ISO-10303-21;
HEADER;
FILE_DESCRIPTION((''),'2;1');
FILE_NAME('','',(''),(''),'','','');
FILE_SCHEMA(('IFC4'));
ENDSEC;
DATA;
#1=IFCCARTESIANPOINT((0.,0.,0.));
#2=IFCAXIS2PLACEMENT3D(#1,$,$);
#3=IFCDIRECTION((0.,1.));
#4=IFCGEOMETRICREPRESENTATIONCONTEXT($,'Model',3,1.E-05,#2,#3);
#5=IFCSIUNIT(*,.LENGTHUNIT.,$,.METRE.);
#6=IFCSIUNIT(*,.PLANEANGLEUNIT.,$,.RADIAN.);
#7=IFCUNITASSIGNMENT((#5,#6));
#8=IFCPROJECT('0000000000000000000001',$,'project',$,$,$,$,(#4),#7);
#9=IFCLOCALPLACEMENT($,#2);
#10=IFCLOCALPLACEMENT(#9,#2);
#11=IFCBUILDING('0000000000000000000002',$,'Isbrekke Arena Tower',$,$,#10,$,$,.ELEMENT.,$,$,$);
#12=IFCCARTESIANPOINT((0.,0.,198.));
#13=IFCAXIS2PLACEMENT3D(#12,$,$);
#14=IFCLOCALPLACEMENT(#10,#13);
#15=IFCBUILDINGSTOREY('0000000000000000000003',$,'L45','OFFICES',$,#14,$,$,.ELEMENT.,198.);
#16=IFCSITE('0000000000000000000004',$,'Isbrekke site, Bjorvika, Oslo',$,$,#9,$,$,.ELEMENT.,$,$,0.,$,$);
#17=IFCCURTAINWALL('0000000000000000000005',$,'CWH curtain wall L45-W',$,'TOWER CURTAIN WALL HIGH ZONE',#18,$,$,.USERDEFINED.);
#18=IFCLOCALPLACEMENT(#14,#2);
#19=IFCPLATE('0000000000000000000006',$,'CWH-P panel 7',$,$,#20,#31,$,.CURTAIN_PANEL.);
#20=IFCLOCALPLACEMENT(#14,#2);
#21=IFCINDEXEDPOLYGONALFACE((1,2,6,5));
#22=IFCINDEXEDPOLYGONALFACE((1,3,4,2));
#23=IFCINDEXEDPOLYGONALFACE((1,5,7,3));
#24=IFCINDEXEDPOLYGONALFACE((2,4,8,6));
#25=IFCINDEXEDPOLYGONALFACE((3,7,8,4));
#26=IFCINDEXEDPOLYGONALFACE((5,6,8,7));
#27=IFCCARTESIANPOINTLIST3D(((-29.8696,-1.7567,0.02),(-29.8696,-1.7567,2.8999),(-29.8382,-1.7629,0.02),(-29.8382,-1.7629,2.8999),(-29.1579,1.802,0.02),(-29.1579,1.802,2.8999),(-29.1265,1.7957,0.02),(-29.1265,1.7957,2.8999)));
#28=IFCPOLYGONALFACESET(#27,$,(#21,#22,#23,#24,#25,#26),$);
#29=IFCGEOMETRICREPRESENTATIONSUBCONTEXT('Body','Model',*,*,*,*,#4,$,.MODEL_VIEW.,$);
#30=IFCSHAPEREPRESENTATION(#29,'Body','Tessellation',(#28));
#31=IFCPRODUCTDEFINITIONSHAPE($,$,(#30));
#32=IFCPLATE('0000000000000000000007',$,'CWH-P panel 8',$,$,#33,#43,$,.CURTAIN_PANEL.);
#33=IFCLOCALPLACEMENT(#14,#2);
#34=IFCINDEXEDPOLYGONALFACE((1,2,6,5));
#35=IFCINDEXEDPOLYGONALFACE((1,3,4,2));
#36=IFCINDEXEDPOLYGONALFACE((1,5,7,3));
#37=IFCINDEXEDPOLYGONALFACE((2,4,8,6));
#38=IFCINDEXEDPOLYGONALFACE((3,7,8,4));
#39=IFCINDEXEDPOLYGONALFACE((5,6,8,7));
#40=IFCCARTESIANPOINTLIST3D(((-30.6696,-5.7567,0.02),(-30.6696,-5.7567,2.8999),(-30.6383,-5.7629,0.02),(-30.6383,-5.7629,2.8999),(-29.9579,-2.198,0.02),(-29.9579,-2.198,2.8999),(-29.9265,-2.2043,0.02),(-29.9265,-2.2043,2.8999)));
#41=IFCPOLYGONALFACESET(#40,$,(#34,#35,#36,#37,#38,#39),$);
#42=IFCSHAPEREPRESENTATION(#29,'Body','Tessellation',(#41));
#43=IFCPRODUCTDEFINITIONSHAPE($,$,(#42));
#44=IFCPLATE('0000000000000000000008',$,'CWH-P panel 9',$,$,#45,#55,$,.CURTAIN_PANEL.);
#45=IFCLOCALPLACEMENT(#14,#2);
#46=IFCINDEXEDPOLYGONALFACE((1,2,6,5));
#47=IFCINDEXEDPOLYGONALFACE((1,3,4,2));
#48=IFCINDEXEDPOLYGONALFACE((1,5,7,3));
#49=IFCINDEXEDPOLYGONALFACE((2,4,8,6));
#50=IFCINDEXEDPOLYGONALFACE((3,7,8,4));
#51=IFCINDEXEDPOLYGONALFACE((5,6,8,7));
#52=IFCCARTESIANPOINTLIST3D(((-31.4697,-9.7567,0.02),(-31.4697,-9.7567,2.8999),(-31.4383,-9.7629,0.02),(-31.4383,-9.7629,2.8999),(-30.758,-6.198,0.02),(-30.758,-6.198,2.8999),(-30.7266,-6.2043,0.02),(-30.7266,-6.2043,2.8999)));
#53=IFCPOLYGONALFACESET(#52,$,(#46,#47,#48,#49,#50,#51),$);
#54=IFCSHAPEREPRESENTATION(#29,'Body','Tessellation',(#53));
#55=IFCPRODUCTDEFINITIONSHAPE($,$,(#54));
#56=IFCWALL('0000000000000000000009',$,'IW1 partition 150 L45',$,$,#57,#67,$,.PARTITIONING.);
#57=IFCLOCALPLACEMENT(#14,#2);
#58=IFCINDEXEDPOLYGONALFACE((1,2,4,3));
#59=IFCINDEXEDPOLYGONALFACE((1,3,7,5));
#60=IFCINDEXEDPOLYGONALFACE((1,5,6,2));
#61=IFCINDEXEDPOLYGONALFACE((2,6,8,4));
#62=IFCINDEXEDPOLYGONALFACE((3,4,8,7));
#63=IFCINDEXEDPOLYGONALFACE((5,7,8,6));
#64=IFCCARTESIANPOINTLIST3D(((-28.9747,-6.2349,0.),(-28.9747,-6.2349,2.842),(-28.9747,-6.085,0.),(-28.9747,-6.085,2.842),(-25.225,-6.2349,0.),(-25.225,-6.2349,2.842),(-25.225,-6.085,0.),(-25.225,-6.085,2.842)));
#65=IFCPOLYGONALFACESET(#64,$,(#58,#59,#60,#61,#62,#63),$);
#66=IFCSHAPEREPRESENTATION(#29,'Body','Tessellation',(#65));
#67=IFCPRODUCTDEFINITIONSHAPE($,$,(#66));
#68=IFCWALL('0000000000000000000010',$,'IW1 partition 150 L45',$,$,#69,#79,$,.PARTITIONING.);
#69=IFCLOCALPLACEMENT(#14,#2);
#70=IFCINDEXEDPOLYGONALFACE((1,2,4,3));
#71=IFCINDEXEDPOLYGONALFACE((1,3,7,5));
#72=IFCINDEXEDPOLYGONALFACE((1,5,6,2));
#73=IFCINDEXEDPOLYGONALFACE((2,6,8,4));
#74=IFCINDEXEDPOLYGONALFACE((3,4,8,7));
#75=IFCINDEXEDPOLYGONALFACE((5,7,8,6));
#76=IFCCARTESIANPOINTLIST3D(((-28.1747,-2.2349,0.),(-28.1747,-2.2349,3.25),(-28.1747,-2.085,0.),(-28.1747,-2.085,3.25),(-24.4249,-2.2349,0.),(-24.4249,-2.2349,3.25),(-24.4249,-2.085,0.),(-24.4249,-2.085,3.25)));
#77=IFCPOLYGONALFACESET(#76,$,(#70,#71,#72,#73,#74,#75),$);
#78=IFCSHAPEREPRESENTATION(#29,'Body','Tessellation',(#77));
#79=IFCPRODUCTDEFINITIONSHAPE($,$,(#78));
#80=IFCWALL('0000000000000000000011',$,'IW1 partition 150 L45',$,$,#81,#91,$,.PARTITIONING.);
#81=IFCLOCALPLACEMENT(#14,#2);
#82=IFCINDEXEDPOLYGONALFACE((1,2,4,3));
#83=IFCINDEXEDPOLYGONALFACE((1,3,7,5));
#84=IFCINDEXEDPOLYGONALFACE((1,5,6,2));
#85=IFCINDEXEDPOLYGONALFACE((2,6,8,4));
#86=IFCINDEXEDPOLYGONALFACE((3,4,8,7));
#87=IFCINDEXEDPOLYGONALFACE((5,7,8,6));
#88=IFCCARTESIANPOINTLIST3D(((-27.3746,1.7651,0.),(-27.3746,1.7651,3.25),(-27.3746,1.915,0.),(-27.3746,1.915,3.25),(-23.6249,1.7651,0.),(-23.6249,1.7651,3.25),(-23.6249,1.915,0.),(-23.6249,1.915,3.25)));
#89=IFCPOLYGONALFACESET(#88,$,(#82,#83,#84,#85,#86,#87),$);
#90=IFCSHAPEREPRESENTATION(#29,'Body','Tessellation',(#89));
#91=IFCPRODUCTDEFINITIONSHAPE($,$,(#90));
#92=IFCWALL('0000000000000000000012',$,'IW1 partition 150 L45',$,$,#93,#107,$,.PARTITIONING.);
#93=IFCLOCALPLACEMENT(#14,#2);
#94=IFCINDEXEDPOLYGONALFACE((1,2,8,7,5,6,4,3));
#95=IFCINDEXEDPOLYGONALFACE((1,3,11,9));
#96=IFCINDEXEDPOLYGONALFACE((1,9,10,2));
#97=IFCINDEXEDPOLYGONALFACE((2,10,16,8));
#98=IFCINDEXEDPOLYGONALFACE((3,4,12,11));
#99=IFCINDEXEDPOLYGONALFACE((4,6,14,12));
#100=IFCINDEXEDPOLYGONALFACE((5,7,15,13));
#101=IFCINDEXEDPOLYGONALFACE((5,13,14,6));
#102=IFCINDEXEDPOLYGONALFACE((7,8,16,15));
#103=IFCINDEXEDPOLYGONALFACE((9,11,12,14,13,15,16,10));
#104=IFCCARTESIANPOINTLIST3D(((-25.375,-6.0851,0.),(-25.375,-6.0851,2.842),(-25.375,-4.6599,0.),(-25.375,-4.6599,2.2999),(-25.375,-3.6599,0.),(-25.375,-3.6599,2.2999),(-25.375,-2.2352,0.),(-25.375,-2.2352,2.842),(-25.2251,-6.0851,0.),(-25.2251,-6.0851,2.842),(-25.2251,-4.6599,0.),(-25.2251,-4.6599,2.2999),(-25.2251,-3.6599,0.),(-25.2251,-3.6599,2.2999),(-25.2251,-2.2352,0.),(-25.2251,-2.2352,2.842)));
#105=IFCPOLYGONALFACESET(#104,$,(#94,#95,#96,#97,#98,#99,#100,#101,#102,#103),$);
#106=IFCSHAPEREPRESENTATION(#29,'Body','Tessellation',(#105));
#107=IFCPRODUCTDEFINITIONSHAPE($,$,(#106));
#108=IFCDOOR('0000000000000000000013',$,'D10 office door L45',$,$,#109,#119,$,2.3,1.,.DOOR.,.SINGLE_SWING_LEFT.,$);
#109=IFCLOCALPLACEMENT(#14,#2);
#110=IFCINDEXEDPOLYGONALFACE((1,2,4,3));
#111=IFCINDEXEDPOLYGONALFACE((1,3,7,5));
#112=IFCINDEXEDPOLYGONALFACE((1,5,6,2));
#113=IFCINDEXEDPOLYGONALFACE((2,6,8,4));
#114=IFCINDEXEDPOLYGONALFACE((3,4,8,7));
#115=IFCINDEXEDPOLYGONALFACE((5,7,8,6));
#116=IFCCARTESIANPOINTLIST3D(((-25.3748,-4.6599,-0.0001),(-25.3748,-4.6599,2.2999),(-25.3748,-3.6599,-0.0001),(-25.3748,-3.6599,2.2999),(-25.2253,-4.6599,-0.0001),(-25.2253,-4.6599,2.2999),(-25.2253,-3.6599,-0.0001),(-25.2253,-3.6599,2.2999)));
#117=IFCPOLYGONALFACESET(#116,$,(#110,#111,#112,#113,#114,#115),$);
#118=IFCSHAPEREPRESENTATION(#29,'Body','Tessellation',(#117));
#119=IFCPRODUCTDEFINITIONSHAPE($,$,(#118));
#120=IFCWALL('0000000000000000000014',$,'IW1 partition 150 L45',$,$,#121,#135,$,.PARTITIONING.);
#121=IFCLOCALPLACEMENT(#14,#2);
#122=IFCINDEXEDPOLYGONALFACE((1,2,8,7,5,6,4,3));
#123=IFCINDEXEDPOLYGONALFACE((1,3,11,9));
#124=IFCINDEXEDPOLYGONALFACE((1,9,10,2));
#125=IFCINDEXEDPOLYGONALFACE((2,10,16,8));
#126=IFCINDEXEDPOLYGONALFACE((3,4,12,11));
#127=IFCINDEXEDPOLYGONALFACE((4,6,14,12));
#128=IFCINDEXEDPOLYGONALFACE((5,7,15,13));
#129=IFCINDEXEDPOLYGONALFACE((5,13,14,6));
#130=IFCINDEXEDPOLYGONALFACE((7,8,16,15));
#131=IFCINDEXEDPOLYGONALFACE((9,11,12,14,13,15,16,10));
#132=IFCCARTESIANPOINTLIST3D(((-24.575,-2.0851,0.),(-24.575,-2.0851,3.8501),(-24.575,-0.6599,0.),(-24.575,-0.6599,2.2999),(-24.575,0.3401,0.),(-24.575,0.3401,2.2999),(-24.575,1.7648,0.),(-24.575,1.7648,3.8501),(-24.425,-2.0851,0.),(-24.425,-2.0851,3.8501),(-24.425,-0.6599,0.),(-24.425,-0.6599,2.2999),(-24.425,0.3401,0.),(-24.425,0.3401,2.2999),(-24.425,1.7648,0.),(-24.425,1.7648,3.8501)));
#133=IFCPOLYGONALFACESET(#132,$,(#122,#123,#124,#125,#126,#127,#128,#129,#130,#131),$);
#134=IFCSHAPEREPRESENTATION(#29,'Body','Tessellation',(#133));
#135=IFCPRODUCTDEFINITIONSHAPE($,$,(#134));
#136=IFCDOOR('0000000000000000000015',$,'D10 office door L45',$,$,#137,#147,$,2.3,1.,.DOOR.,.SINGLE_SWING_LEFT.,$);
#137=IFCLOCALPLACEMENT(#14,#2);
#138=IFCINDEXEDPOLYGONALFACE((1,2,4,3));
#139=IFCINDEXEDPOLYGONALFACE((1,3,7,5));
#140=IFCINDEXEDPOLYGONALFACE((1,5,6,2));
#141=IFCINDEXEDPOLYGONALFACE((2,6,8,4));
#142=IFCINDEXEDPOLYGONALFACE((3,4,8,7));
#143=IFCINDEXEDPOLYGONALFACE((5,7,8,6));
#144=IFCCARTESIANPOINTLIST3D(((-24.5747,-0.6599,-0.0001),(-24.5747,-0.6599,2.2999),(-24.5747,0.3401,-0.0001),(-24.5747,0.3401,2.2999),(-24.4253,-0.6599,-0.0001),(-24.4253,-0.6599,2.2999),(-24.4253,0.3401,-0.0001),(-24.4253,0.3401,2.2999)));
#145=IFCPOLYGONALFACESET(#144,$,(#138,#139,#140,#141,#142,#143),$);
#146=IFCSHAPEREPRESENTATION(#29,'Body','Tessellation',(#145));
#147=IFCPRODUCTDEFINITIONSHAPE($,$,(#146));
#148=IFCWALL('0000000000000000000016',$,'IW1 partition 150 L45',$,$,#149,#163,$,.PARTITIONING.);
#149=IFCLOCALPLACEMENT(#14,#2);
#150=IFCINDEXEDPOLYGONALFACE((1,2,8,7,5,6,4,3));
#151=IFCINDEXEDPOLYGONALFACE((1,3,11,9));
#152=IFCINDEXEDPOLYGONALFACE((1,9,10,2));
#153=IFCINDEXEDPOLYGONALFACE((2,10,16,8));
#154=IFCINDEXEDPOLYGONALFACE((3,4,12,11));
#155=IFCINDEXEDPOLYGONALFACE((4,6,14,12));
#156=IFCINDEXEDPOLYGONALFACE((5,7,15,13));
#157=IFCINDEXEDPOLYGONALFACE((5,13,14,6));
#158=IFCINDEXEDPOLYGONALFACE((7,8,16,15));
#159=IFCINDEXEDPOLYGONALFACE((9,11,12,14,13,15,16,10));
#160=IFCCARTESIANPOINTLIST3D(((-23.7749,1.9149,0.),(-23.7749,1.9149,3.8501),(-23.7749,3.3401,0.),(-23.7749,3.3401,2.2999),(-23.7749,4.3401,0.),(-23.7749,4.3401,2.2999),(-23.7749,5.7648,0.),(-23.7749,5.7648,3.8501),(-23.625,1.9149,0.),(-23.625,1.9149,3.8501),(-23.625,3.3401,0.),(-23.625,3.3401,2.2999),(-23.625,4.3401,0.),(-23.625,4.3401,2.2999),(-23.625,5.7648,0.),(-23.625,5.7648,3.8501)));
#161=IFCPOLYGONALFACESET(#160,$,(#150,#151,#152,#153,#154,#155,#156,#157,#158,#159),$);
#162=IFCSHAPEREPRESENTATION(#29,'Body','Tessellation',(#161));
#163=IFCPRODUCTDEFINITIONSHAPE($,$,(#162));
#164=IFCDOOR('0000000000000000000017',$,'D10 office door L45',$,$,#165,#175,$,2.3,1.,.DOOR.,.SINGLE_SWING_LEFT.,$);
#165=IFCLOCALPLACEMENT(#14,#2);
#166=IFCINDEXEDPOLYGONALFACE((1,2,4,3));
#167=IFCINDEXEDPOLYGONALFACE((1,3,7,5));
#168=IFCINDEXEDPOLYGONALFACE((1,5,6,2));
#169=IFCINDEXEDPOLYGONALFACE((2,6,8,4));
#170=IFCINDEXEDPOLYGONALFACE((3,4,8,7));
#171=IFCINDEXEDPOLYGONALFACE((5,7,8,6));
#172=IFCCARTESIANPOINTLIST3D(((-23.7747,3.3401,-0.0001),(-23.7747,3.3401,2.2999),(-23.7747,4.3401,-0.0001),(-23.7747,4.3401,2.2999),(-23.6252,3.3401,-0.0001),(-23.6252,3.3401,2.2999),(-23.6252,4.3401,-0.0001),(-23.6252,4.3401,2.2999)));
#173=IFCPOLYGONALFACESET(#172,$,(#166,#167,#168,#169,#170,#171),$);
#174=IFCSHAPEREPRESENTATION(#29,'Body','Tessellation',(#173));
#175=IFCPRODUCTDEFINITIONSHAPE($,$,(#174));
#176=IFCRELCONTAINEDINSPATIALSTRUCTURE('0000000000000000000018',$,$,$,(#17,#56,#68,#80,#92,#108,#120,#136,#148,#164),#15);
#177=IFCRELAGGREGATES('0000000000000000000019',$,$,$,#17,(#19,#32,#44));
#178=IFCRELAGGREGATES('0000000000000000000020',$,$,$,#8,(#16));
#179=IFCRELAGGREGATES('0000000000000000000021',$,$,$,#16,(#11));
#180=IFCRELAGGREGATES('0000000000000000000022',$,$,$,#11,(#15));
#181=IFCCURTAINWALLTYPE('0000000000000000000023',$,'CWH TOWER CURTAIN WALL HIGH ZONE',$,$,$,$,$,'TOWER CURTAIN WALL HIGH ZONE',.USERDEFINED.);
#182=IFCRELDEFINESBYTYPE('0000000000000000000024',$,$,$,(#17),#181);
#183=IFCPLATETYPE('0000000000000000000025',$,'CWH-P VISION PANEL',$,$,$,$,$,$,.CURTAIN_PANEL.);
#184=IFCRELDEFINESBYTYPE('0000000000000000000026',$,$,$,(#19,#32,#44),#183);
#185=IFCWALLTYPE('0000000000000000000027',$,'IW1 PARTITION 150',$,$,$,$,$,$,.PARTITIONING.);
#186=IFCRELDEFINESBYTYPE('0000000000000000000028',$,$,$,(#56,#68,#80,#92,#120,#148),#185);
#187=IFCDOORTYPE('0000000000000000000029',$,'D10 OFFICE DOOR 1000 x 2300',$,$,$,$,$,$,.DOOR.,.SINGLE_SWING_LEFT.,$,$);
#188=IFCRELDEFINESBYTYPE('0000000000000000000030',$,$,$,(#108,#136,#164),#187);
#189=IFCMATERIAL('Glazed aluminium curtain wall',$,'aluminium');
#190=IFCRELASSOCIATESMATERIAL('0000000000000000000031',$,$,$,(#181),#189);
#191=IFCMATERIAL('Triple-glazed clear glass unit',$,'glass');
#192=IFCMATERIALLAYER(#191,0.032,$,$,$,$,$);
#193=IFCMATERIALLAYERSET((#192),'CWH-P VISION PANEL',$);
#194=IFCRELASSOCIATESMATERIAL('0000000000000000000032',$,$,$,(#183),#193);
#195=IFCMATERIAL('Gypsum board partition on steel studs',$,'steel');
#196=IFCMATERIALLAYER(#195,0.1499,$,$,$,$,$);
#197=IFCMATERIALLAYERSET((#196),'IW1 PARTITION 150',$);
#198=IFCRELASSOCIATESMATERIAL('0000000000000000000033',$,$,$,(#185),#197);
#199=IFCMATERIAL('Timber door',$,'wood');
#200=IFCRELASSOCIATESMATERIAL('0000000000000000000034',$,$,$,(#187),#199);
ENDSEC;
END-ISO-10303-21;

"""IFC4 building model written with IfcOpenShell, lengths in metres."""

from ifc_helpers import new_model, si_unit, direction, frame, frame_2d, origin, origin_2d, place, context, subcontext, project, spatial, rectangle, extrude, material, layer, layer_set, type_object, element, fill, aggregate, save


model = new_model("IFC4")

# Units and contexts
model_context = context("Model", 3, precision=1e-05, world=origin(), true_north=direction((0.0, 1.0)))
body_context = subcontext(model_context, "Body", "Model", "MODEL_VIEW")
ifc_project = project(units=[si_unit("LENGTHUNIT", "METRE"), si_unit("PLANEANGLEUNIT", "RADIAN")], contexts=[model_context])

# Site, building, storey
site_placement = place(None, origin())
site = spatial("IfcSite", under=ifc_project, at=site_placement, Name="Isbrekke site, Bjorvika, Oslo", CompositionType="ELEMENT", RefElevation=0.0)
building_placement = place(site_placement, origin())
building = spatial("IfcBuilding", under=site, at=building_placement, Name="Isbrekke Arena Tower", CompositionType="ELEMENT")
storey_placement = place(building_placement, frame((0.0, 0.0, 198.0)))
storey = spatial("IfcBuildingStorey", under=building, at=storey_placement, Name="L45", Description="OFFICES", CompositionType="ELEMENT", Elevation=198.0)

# Curtain wall
ifc_material_1 = material(Name="Glazed aluminium curtain wall", Category="aluminium")
curtain_wall_type = type_object("IfcCurtainWallType", Name="CWH TOWER CURTAIN WALL HIGH ZONE", ElementType="TOWER CURTAIN WALL HIGH ZONE", PredefinedType="USERDEFINED", material=ifc_material_1)
curtain_wall_placement = place(storey_placement, origin())
curtain_wall = element("IfcCurtainWall", 1, at=curtain_wall_placement, inside=storey, type_object=curtain_wall_type, Name="CWH curtain wall L45-W", ObjectType="TOWER CURTAIN WALL HIGH ZONE", PredefinedType="USERDEFINED")

# Plates
ifc_material_2 = material(Name="Triple-glazed clear glass unit", Category="glass")
ifc_layer_1 = layer(ifc_material_2, 0.032)
ifc_layer_set_1 = layer_set([ifc_layer_1], Name="CWH-P VISION PANEL")
plate_type = type_object("IfcPlateType", Name="CWH-P VISION PANEL", PredefinedType="CURTAIN_PANEL", material=ifc_layer_set_1)
plate_1_placement = place(storey_placement, frame((-29.498, 0.0195, 0.02), z_axis=(0.0, 0.0, 1.0), x_axis=(-0.196116, -0.980581, 0.0)))
plate_1 = element("IfcPlate", 2, at=plate_1_placement, type_object=plate_type, Name="CWH-P panel 7", PredefinedType="CURTAIN_PANEL", context=body_context, shape_type="SweptSolid", body=[
    extrude(rectangle(XDim=3.6292, YDim=0.032, at=origin_2d()), origin(), (0.0, 0.0, 1.0), 2.8799),
])
plate_2_placement = place(storey_placement, frame((-30.2981, -3.9805, 0.02), z_axis=(0.0, 0.0, 1.0), x_axis=(-0.196116, -0.980581, 0.0)))
plate_2 = element("IfcPlate", 3, at=plate_2_placement, type_object=plate_type, Name="CWH-P panel 8", PredefinedType="CURTAIN_PANEL", context=body_context, shape_type="SweptSolid", body=[
    extrude(rectangle(XDim=3.6292, YDim=0.032, at=origin_2d()), origin(), (0.0, 0.0, 1.0), 2.8799),
])
plate_3_placement = place(storey_placement, frame((-31.0981, -7.9805, 0.02), z_axis=(0.0, 0.0, 1.0), x_axis=(-0.196116, -0.980581, 0.0)))
plate_3 = element("IfcPlate", 4, at=plate_3_placement, type_object=plate_type, Name="CWH-P panel 9", PredefinedType="CURTAIN_PANEL", context=body_context, shape_type="SweptSolid", body=[
    extrude(rectangle(XDim=3.6292, YDim=0.032, at=origin_2d()), origin(), (0.0, 0.0, 1.0), 2.8799),
])
aggregate(curtain_wall, [plate_1, plate_2, plate_3])

# Walls
ifc_material_3 = material(Name="Gypsum board partition on steel studs", Category="steel")
ifc_layer_2 = layer(ifc_material_3, 0.1499)
ifc_layer_set_2 = layer_set([ifc_layer_2], Name="IW1 PARTITION 150")
wall_type = type_object("IfcWallType", Name="IW1 PARTITION 150", PredefinedType="PARTITIONING", material=ifc_layer_set_2)
wall_1_placement = place(storey_placement, frame((-28.9749, -6.1599, 0.0), z_axis=(0.0, 0.0, 1.0), x_axis=(1.0, 0.0, 0.0)))
element("IfcWall", 5, at=wall_1_placement, inside=storey, type_object=wall_type, Name="IW1 partition 150 L45", PredefinedType="PARTITIONING", context=body_context, shape_type="SweptSolid", body=[
    extrude(rectangle(XDim=3.7498, YDim=0.1499, at=frame_2d((1.875, 0.0))), origin(), (0.0, 0.0, 1.0), 2.842),
])
for number, where, z_axis, x_axis, name in (
    (6, (-28.1748, -2.1599, 0.0), (0.0, 0.0, 1.0), (1.0, 0.0, 0.0), "IW1 partition 150 L45"),
    (7, (-27.3748, 1.8401, 0.0), (0.0, 0.0, 1.0), (1.0, 0.0, 0.0), "IW1 partition 150 L45"),
):
    element("IfcWall", number, at=place(storey_placement, frame(where, z_axis=z_axis, x_axis=x_axis)), inside=storey, type_object=wall_type, Name=name, PredefinedType="PARTITIONING", context=body_context, shape_type="SweptSolid", body=[
        extrude(rectangle(XDim=3.7498, YDim=0.1499, at=frame_2d((1.875, 0.0))), origin(), (0.0, 0.0, 1.0), 3.25),
    ])

# Walls, openings, doors
wall_2_placement = place(storey_placement, frame((-25.3, -6.085, 0.0), z_axis=(0.0, 0.0, 1.0), x_axis=(0.0, 1.0, 0.0)))
wall_2 = element("IfcWall", 8, at=wall_2_placement, inside=storey, type_object=wall_type, Name="IW1 partition 150 L45", PredefinedType="PARTITIONING", context=body_context, shape_type="SweptSolid", body=[
    extrude(rectangle(XDim=3.8499, YDim=0.1499, at=frame_2d((1.9248, 0.0))), origin(), (0.0, 0.0, 1.0), 2.842),
])
opening_1_placement = place(wall_2_placement, frame((1.425, 0.0, 0.0)))
opening_1 = element("IfcOpeningElement", 9, at=opening_1_placement, cuts=wall_2, PredefinedType="OPENING", context=body_context, shape_type="SweptSolid", body=[
    extrude(rectangle(XDim=1.0, YDim=2.3, at=frame_2d((0.5, 1.1499))), frame((0.0, 0.0898, 0.0), z_axis=(0.0, -1.0, 0.0), x_axis=(1.0, 0.0, 0.0)), (0.0, 0.0, 1.0), 0.1797),
])
ifc_material_4 = material(Name="Timber door", Category="wood")
door_type = type_object("IfcDoorType", Name="D10 OFFICE DOOR 1000 x 2300", OperationType="SINGLE_SWING_LEFT", PredefinedType="DOOR", material=ifc_material_4)
door_1_placement = place(opening_1_placement, origin())
door_1 = element("IfcDoor", 10, at=door_1_placement, inside=storey, type_object=door_type, Name="D10 office door L45", OperationType="SINGLE_SWING_LEFT", OverallHeight=2.3, OverallWidth=1.0, PredefinedType="DOOR", context=body_context, shape_type="SweptSolid", body=[
    extrude(rectangle(XDim=1.0, YDim=2.3, at=frame_2d((0.5, 1.1499))), frame((0.0, 0.0747, 0.0), z_axis=(0.0, -1.0, 0.0), x_axis=(1.0, 0.0, 0.0)), (0.0, 0.0, 1.0), 0.1494),
])
fill(opening_1, door_1)
wall_3_placement = place(storey_placement, frame((-24.5, -2.085, 0.0), z_axis=(0.0, 0.0, 1.0), x_axis=(0.0, 1.0, 0.0)))
wall_3 = element("IfcWall", 11, at=wall_3_placement, inside=storey, type_object=wall_type, Name="IW1 partition 150 L45", PredefinedType="PARTITIONING", context=body_context, shape_type="SweptSolid", body=[
    extrude(rectangle(XDim=3.8499, YDim=0.1499, at=frame_2d((1.9248, 0.0))), origin(), (0.0, 0.0, 1.0), 3.8501),
])
opening_2_placement = place(wall_3_placement, frame((1.425, 0.0, 0.0)))
opening_2 = element("IfcOpeningElement", 12, at=opening_2_placement, cuts=wall_3, PredefinedType="OPENING", context=body_context, shape_type="SweptSolid", body=[
    extrude(rectangle(XDim=1.0, YDim=2.3, at=frame_2d((0.5, 1.1499))), frame((0.0, 0.0898, 0.0), z_axis=(0.0, -1.0, 0.0), x_axis=(1.0, 0.0, 0.0)), (0.0, 0.0, 1.0), 0.1797),
])
door_2_placement = place(opening_2_placement, origin())
door_2 = element("IfcDoor", 13, at=door_2_placement, inside=storey, type_object=door_type, Name="D10 office door L45", OperationType="SINGLE_SWING_LEFT", OverallHeight=2.3, OverallWidth=1.0, PredefinedType="DOOR", context=body_context, shape_type="SweptSolid", body=[
    extrude(rectangle(XDim=1.0, YDim=2.3, at=frame_2d((0.5, 1.1499))), frame((0.0, 0.0747, 0.0), z_axis=(0.0, -1.0, 0.0), x_axis=(1.0, 0.0, 0.0)), (0.0, 0.0, 1.0), 0.1494),
])
fill(opening_2, door_2)
wall_4_placement = place(storey_placement, frame((-23.7, 1.915, 0.0), z_axis=(0.0, 0.0, 1.0), x_axis=(0.0, 1.0, 0.0)))
wall_4 = element("IfcWall", 14, at=wall_4_placement, inside=storey, type_object=wall_type, Name="IW1 partition 150 L45", PredefinedType="PARTITIONING", context=body_context, shape_type="SweptSolid", body=[
    extrude(rectangle(XDim=3.8499, YDim=0.1499, at=frame_2d((1.9248, 0.0))), origin(), (0.0, 0.0, 1.0), 3.8501),
])
opening_3_placement = place(wall_4_placement, frame((1.425, 0.0, 0.0)))
opening_3 = element("IfcOpeningElement", 15, at=opening_3_placement, cuts=wall_4, PredefinedType="OPENING", context=body_context, shape_type="SweptSolid", body=[
    extrude(rectangle(XDim=1.0, YDim=2.3, at=frame_2d((0.5, 1.1499))), frame((0.0, 0.0898, 0.0), z_axis=(0.0, -1.0, 0.0), x_axis=(1.0, 0.0, 0.0)), (0.0, 0.0, 1.0), 0.1797),
])
door_3_placement = place(opening_3_placement, origin())
door_3 = element("IfcDoor", 16, at=door_3_placement, inside=storey, type_object=door_type, Name="D10 office door L45", OperationType="SINGLE_SWING_LEFT", OverallHeight=2.3, OverallWidth=1.0, PredefinedType="DOOR", context=body_context, shape_type="SweptSolid", body=[
    extrude(rectangle(XDim=1.0, YDim=2.3, at=frame_2d((0.5, 1.1499))), frame((0.0, 0.0747, 0.0), z_axis=(0.0, -1.0, 0.0), x_axis=(1.0, 0.0, 0.0)), (0.0, 0.0, 1.0), 0.1494),
])
fill(opening_3, door_3)

save(model, "model.ifc")
